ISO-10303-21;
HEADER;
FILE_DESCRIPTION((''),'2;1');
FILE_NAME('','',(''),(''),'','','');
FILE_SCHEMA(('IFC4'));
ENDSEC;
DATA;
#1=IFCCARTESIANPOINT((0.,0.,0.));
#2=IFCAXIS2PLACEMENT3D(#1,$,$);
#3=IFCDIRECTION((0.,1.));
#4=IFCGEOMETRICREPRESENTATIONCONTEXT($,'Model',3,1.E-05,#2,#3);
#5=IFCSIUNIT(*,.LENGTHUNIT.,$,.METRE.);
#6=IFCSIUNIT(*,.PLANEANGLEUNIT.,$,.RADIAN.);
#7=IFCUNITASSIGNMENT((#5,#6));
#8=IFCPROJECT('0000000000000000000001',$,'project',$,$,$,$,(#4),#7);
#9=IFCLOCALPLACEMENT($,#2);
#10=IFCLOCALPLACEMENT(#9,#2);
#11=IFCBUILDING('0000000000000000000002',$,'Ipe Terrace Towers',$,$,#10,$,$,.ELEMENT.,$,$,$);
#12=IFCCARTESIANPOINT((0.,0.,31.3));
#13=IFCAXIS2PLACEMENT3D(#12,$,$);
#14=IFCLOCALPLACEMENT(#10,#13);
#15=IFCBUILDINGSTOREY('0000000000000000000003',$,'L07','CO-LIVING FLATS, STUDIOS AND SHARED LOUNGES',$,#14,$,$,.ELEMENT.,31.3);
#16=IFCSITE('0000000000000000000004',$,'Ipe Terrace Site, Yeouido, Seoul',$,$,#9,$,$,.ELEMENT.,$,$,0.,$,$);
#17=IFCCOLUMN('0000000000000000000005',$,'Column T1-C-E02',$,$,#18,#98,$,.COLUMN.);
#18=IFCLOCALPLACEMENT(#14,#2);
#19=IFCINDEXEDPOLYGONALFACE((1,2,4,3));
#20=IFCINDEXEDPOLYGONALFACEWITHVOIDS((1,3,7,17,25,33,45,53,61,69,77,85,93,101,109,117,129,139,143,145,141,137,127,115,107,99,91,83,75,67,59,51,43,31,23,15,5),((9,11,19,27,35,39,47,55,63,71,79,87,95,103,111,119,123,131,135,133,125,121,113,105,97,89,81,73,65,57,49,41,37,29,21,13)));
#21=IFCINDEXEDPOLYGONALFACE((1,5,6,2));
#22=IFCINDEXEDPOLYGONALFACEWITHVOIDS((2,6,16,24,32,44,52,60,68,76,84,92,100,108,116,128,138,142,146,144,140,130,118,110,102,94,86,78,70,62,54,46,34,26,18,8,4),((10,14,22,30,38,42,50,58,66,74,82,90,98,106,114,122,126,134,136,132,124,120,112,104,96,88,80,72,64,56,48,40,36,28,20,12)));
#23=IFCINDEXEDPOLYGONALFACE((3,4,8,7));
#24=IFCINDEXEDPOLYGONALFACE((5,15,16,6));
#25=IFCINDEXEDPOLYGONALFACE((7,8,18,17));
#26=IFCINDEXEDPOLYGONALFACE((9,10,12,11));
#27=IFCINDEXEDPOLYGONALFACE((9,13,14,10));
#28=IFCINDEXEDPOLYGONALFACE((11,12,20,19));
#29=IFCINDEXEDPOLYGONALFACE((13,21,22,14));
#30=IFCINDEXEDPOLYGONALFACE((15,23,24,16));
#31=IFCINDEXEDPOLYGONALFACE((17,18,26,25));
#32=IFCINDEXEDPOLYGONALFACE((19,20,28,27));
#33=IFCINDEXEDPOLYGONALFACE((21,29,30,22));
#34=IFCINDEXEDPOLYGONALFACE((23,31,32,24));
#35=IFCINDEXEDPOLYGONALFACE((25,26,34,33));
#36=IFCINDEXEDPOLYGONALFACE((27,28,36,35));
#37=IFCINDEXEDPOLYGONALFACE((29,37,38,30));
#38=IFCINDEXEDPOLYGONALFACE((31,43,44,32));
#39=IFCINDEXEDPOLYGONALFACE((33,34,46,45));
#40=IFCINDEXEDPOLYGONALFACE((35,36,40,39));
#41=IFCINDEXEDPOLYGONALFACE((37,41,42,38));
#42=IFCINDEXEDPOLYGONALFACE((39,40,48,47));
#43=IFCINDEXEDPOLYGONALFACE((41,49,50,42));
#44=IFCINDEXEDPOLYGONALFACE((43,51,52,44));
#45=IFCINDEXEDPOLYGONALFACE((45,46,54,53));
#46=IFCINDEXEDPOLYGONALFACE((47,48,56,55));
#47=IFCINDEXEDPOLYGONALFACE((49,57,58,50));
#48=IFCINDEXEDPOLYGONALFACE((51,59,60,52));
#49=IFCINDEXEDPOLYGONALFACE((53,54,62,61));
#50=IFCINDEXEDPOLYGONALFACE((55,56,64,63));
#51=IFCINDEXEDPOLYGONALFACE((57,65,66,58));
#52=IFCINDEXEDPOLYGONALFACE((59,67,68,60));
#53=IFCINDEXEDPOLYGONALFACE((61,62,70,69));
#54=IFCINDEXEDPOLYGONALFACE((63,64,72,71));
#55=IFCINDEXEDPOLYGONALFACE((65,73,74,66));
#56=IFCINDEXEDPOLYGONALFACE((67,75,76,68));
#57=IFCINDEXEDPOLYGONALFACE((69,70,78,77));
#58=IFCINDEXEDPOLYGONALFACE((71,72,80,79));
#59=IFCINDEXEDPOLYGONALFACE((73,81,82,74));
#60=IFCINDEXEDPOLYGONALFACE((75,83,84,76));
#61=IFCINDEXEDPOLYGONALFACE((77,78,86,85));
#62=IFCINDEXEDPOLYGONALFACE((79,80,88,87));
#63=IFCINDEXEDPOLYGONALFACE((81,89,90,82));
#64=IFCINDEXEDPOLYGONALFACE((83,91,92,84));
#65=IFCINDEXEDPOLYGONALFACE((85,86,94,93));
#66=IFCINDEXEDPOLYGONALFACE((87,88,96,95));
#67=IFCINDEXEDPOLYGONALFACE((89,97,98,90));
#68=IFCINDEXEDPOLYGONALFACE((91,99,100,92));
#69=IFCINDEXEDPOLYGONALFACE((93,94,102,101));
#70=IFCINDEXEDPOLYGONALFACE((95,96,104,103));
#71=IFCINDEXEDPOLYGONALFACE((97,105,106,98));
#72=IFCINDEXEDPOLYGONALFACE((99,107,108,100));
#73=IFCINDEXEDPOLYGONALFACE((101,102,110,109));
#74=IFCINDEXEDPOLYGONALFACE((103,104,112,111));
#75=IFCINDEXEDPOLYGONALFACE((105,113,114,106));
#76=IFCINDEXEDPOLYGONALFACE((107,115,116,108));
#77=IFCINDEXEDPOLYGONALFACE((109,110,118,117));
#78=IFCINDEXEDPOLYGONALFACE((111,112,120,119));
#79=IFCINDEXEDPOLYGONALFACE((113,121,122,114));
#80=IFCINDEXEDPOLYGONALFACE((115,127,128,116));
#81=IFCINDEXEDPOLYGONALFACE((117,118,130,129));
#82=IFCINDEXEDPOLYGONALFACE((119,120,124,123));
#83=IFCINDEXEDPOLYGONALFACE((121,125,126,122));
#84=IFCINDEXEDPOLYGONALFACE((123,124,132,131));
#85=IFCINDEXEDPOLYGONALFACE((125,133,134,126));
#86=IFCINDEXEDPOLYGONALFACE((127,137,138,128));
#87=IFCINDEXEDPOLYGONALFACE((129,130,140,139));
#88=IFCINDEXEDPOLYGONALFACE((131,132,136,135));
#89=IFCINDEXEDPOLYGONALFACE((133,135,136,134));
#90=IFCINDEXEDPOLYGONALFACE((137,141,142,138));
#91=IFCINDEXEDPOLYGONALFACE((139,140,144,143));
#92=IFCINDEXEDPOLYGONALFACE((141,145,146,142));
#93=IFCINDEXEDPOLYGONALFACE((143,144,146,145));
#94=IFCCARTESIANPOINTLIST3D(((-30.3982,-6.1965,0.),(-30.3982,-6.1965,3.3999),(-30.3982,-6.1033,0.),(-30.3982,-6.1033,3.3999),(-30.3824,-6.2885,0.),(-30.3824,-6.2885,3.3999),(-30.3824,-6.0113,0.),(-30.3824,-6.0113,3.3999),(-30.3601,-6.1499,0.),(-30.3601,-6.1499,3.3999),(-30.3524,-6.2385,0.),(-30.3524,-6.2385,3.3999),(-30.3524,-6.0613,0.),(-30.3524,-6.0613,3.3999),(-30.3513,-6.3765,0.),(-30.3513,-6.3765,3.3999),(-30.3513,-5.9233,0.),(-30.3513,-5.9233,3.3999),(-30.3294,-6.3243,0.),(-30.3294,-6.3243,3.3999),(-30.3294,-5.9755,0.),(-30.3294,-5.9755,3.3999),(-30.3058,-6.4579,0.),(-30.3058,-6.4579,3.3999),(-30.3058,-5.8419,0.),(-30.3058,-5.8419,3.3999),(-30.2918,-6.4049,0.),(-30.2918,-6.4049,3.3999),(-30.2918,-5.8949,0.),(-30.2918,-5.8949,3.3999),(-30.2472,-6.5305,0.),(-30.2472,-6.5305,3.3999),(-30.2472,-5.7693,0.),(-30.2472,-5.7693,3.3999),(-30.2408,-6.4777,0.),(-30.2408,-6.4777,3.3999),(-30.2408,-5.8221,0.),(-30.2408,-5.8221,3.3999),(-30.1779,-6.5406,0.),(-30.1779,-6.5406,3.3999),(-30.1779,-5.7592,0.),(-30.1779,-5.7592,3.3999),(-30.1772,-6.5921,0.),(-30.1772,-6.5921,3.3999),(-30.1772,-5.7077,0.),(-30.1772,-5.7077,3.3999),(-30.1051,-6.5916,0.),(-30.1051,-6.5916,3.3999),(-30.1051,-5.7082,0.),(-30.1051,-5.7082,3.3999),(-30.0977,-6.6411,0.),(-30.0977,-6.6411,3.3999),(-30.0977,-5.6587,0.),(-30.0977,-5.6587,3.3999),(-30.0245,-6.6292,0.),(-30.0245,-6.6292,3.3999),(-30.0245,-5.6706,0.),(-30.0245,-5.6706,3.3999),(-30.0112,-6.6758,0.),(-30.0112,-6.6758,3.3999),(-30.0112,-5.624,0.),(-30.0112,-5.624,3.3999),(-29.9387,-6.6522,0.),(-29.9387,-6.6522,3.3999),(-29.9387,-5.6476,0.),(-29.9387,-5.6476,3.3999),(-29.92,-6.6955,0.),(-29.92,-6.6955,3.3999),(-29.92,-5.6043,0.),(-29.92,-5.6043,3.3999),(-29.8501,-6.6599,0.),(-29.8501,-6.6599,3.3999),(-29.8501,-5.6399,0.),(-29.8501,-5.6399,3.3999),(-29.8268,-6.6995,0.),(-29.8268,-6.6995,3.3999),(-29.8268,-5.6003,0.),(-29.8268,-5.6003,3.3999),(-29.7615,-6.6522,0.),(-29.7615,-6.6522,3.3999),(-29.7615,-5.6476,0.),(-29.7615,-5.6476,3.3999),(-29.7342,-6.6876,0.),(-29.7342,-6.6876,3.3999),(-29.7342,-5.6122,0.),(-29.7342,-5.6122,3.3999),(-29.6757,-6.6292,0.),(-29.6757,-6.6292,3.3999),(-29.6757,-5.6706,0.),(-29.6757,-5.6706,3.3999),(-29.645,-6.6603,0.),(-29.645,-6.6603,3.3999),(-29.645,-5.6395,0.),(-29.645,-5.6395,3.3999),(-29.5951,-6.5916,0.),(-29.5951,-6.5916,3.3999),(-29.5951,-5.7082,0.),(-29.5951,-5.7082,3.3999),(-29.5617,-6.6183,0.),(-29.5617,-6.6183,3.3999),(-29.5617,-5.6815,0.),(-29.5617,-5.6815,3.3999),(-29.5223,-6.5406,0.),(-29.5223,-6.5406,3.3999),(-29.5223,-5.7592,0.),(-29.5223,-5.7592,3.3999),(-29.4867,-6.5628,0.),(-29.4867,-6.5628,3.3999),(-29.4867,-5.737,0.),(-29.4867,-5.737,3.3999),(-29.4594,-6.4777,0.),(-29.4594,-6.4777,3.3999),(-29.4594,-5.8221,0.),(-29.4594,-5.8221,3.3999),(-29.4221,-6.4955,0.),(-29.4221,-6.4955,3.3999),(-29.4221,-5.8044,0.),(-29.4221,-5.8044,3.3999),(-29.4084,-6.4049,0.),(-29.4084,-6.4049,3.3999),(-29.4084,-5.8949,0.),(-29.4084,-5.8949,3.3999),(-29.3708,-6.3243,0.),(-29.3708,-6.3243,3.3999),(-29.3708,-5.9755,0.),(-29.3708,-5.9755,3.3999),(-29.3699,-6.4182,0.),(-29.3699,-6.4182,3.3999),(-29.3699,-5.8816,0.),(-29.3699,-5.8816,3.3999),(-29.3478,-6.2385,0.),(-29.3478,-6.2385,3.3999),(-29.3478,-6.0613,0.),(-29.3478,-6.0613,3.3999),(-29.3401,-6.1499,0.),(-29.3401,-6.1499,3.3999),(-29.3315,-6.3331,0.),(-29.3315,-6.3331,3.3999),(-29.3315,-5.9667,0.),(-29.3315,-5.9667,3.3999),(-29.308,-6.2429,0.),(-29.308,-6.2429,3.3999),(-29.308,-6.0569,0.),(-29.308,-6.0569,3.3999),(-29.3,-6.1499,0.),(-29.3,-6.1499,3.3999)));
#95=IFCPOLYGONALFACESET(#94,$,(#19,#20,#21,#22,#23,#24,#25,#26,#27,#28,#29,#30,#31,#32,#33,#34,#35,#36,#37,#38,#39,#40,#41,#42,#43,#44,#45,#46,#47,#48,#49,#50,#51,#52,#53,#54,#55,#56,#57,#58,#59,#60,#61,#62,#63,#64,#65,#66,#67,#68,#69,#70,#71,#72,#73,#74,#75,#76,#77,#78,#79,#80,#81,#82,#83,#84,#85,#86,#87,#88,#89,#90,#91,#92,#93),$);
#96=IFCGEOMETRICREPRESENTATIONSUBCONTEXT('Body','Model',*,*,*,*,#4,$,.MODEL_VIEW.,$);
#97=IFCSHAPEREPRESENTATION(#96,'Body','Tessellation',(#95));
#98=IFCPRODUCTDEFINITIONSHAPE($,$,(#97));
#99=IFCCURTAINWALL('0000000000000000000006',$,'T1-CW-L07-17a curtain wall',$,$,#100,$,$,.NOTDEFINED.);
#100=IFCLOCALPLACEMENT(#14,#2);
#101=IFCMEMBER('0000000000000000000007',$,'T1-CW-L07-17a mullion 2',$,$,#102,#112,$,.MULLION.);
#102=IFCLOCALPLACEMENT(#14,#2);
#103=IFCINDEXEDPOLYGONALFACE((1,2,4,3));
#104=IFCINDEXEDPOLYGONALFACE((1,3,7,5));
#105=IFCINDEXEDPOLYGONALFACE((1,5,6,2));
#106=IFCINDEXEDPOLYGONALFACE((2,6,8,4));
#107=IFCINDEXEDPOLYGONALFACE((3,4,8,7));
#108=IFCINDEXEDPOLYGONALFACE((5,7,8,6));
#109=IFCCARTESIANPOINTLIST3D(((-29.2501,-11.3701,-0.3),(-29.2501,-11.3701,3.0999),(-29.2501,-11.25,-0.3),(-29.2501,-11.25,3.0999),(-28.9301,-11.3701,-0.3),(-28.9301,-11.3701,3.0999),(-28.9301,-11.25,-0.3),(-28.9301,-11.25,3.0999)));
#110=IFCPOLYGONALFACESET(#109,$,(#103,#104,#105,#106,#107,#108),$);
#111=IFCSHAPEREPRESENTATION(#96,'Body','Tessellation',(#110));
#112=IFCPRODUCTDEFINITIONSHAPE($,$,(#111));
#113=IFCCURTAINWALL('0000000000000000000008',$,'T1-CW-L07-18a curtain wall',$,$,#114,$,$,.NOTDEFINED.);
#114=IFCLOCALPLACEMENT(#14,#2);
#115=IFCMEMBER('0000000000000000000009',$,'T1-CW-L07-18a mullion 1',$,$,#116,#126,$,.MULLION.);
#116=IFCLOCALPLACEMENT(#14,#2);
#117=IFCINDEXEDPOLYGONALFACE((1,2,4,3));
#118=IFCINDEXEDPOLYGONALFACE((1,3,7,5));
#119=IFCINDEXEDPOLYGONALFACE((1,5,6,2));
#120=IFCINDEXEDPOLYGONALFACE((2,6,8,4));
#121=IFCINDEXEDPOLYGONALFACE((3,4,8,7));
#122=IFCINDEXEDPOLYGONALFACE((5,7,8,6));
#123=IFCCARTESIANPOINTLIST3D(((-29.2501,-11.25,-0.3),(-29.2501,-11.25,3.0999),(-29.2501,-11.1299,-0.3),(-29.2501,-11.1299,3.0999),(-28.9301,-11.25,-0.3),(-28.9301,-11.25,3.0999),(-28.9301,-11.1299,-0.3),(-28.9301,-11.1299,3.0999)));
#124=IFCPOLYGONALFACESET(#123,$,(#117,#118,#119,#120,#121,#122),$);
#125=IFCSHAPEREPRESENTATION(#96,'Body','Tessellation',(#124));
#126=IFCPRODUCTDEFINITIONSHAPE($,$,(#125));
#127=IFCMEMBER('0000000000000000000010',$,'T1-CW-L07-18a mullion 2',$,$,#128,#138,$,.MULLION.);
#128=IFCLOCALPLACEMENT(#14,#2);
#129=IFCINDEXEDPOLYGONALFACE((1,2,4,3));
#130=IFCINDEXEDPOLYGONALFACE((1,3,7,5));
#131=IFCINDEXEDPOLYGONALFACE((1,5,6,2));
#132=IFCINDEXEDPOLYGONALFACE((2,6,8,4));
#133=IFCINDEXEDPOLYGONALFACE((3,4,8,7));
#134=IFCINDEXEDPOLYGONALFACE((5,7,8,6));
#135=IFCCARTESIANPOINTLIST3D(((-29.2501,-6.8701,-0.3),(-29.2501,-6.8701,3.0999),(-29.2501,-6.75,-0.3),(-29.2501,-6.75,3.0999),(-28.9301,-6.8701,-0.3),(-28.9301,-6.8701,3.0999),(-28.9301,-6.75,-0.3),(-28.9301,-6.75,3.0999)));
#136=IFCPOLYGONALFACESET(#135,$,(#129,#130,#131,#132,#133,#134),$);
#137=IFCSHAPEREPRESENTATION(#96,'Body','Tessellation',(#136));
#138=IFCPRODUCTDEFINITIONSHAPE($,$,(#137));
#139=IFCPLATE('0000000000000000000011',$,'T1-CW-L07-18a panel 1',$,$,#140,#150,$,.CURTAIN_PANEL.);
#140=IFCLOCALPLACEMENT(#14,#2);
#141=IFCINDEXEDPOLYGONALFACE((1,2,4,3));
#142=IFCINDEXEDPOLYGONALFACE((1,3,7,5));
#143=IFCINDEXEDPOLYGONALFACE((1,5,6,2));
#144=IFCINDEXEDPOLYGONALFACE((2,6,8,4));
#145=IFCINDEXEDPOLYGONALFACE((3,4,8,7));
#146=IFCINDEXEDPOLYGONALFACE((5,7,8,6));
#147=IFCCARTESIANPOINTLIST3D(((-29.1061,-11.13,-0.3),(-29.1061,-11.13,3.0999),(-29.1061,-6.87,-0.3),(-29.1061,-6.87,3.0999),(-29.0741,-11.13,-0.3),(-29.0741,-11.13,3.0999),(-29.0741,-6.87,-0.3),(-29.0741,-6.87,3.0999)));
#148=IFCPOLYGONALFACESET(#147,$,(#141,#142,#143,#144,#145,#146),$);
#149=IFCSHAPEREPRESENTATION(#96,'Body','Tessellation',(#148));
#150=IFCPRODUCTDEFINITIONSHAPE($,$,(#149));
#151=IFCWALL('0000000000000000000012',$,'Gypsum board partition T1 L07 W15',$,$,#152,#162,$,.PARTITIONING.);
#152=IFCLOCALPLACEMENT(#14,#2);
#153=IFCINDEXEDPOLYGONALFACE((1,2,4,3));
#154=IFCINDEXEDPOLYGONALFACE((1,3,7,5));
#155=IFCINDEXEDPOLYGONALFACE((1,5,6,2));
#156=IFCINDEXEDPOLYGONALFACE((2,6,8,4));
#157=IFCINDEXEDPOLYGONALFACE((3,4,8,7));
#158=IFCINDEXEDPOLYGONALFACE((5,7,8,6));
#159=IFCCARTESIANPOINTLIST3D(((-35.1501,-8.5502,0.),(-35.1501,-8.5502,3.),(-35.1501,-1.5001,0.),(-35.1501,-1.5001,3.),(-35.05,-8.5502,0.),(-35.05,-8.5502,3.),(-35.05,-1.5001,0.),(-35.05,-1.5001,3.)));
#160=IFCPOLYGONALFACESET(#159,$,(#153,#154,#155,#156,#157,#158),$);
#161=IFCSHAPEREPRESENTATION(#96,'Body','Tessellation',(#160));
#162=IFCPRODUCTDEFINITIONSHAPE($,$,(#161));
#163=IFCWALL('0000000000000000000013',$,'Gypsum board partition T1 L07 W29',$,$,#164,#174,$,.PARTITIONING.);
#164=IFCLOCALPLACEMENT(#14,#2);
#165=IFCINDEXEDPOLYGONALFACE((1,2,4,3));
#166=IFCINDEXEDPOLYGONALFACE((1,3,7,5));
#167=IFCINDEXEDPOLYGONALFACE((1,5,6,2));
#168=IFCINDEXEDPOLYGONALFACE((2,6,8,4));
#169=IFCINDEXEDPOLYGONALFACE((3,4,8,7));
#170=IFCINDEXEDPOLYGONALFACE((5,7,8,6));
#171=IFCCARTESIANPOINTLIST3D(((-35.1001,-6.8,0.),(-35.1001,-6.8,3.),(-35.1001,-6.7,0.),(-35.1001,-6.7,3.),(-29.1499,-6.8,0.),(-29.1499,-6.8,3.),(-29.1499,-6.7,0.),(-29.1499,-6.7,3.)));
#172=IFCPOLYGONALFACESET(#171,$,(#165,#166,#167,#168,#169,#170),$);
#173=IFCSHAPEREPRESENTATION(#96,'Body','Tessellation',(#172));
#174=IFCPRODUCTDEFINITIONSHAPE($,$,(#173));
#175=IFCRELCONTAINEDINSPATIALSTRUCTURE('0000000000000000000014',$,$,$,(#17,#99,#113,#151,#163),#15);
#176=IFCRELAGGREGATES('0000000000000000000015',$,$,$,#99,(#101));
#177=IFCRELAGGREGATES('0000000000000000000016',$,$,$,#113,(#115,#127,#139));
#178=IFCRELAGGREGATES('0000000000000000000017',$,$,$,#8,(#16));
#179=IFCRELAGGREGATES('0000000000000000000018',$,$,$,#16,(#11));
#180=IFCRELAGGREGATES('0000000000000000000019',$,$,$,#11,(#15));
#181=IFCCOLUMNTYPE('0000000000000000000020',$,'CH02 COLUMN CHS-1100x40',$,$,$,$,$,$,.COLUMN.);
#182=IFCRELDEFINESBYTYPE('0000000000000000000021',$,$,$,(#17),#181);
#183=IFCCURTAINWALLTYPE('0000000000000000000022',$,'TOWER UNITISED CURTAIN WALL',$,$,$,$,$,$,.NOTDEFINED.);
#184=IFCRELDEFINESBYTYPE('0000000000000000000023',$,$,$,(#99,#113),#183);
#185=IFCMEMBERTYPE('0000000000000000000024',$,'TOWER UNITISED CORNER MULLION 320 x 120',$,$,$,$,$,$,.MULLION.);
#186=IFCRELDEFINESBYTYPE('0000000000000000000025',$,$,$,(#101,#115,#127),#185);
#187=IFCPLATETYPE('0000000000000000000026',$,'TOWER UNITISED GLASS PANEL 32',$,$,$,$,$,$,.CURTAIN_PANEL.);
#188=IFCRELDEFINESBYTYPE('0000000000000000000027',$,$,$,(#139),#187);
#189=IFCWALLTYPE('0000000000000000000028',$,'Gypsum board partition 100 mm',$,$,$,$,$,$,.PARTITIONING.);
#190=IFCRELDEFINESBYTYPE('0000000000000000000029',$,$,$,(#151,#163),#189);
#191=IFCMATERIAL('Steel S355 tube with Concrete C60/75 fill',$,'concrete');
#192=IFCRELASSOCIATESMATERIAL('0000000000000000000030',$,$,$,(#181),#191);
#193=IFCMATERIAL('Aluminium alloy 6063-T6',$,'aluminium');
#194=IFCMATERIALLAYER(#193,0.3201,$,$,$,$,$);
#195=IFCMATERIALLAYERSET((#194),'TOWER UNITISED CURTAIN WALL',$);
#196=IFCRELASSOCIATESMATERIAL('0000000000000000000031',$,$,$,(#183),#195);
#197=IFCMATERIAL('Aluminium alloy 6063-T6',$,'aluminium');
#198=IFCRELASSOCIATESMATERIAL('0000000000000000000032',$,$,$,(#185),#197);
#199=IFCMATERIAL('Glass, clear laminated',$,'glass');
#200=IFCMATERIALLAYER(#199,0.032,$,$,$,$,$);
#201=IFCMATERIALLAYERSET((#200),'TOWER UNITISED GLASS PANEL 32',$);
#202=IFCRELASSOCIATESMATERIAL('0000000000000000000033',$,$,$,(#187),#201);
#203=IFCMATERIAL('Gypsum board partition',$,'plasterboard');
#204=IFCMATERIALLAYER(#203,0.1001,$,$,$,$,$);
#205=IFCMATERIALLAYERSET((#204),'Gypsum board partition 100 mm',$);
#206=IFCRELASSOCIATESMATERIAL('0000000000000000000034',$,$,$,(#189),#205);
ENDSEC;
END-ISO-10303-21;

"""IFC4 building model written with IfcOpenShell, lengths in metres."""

from ifc_helpers import new_model, si_unit, direction, frame, frame_2d, origin, origin_2d, place, context, subcontext, project, spatial, rectangle, hollow_circle, extrude, material, layer, layer_set, material_profile, profile_set, type_object, element, aggregate, save


model = new_model("IFC4")

# Units and contexts
model_context = context("Model", 3, precision=1e-05, world=origin(), true_north=direction((0.0, 1.0)))
body_context = subcontext(model_context, "Body", "Model", "MODEL_VIEW")
ifc_project = project(units=[si_unit("LENGTHUNIT", "METRE"), si_unit("PLANEANGLEUNIT", "RADIAN")], contexts=[model_context])

# Site, building, storey
site_placement = place(None, origin())
site = spatial("IfcSite", under=ifc_project, at=site_placement, Name="Ipe Terrace Site, Yeouido, Seoul", CompositionType="ELEMENT", RefElevation=0.0)
building_placement = place(site_placement, origin())
building = spatial("IfcBuilding", under=site, at=building_placement, Name="Ipe Terrace Towers", CompositionType="ELEMENT")
storey_placement = place(building_placement, frame((0.0, 0.0, 31.3)))
storey = spatial("IfcBuildingStorey", under=building, at=storey_placement, Name="L07", Description="CO-LIVING FLATS, STUDIOS AND SHARED LOUNGES", CompositionType="ELEMENT", Elevation=31.3)

# Column
ifc_material_1 = material(Name="Steel S355 tube with Concrete C60/75 fill", Category="concrete")
ifc_material_profile_1 = material_profile(ifc_material_1, hollow_circle(Radius=0.55, WallThickness=0.04, at=origin_2d()), Name="CHS-1100x40")
ifc_profile_set_1 = profile_set([ifc_material_profile_1], Name="Steel S355 tube with Concrete C60/75 fill")
column_type = type_object("IfcColumnType", Name="CH02 COLUMN CHS-1100x40", PredefinedType="COLUMN", material=ifc_profile_set_1)
column_placement = place(storey_placement, frame((-29.8501, -6.1499, 0.0), z_axis=(0.0, 0.0, 1.0), x_axis=(1.0, 0.0, 0.0)))
element("IfcColumn", 1, at=column_placement, inside=storey, type_object=column_type, Name="Column T1-C-E02", PredefinedType="COLUMN", context=body_context, shape_type="SweptSolid", body=[
    extrude(hollow_circle(Radius=0.55, WallThickness=0.04, at=origin_2d()), origin(), (0.0, 0.0, 1.0), 3.3999),
])

# Curtain wall, member
ifc_material_2 = material(Name="Aluminium alloy 6063-T6", Category="aluminium")
ifc_layer_1 = layer(ifc_material_2, 0.3201)
ifc_layer_set_1 = layer_set([ifc_layer_1], Name="TOWER UNITISED CURTAIN WALL")
curtain_wall_type = type_object("IfcCurtainWallType", Name="TOWER UNITISED CURTAIN WALL", PredefinedType="NOTDEFINED", material=ifc_layer_set_1)
curtain_wall_1_placement = place(storey_placement, origin())
curtain_wall_1 = element("IfcCurtainWall", 2, at=curtain_wall_1_placement, inside=storey, type_object=curtain_wall_type, Name="T1-CW-L07-17a curtain wall", PredefinedType="NOTDEFINED")
ifc_material_3 = material(Name="Aluminium alloy 6063-T6", Category="aluminium")
ifc_material_profile_2 = material_profile(ifc_material_3, rectangle(XDim=0.3201, YDim=0.1201, at=origin_2d()), Name="TOWER UNITISED CORNER MULLION 320 x 120")
ifc_profile_set_2 = profile_set([ifc_material_profile_2], Name="Aluminium alloy 6063-T6")
member_type = type_object("IfcMemberType", Name="TOWER UNITISED CORNER MULLION 320 x 120", PredefinedType="MULLION", material=ifc_profile_set_2)
member_1_placement = place(storey_placement, frame((-29.0901, -11.3101, -0.3), z_axis=(0.0, 0.0, 1.0), x_axis=(1.0, 0.0, 0.0)))
member_1 = element("IfcMember", 3, at=member_1_placement, type_object=member_type, Name="T1-CW-L07-17a mullion 2", PredefinedType="MULLION", context=body_context, shape_type="SweptSolid", body=[
    extrude(rectangle(XDim=0.3201, YDim=0.1201, at=origin_2d()), origin(), (0.0, 0.0, 1.0), 3.3999),
])
aggregate(curtain_wall_1, [member_1])

# Curtain wall, members, plate
curtain_wall_2_placement = place(storey_placement, origin())
curtain_wall_2 = element("IfcCurtainWall", 4, at=curtain_wall_2_placement, inside=storey, type_object=curtain_wall_type, Name="T1-CW-L07-18a curtain wall", PredefinedType="NOTDEFINED")
member_2_placement = place(storey_placement, frame((-29.0901, -11.1899, -0.3), z_axis=(0.0, 0.0, 1.0), x_axis=(1.0, 0.0, 0.0)))
member_2 = element("IfcMember", 5, at=member_2_placement, type_object=member_type, Name="T1-CW-L07-18a mullion 1", PredefinedType="MULLION", context=body_context, shape_type="SweptSolid", body=[
    extrude(rectangle(XDim=0.3201, YDim=0.1201, at=origin_2d()), origin(), (0.0, 0.0, 1.0), 3.3999),
])
member_3_placement = place(storey_placement, frame((-29.0901, -6.8101, -0.3), z_axis=(0.0, 0.0, 1.0), x_axis=(1.0, 0.0, 0.0)))
member_3 = element("IfcMember", 6, at=member_3_placement, type_object=member_type, Name="T1-CW-L07-18a mullion 2", PredefinedType="MULLION", context=body_context, shape_type="SweptSolid", body=[
    extrude(rectangle(XDim=0.3201, YDim=0.1201, at=origin_2d()), origin(), (0.0, 0.0, 1.0), 3.3999),
])
ifc_material_4 = material(Name="Glass, clear laminated", Category="glass")
ifc_layer_2 = layer(ifc_material_4, 0.032)
ifc_layer_set_2 = layer_set([ifc_layer_2], Name="TOWER UNITISED GLASS PANEL 32")
plate_type = type_object("IfcPlateType", Name="TOWER UNITISED GLASS PANEL 32", PredefinedType="CURTAIN_PANEL", material=ifc_layer_set_2)
plate_placement = place(storey_placement, frame((-29.0901, -9.0, -0.3), z_axis=(0.0, 0.0, 1.0), x_axis=(0.0, 1.0, 0.0)))
plate = element("IfcPlate", 7, at=plate_placement, type_object=plate_type, Name="T1-CW-L07-18a panel 1", PredefinedType="CURTAIN_PANEL", context=body_context, shape_type="SweptSolid", body=[
    extrude(rectangle(XDim=4.26, YDim=0.032, at=origin_2d()), origin(), (0.0, 0.0, 1.0), 3.3999),
])
aggregate(curtain_wall_2, [member_2, member_3, plate])

# Walls
ifc_material_5 = material(Name="Gypsum board partition", Category="plasterboard")
ifc_layer_3 = layer(ifc_material_5, 0.1001)
ifc_layer_set_3 = layer_set([ifc_layer_3], Name="Gypsum board partition 100 mm")
wall_type_1 = type_object("IfcWallType", Name="Gypsum board partition 100 mm", PredefinedType="PARTITIONING", material=ifc_layer_set_3)
wall_1_placement = place(storey_placement, frame((-35.1001, -8.55, 0.0), z_axis=(0.0, 0.0, 1.0), x_axis=(0.0, 1.0, 0.0)))
element("IfcWall", 8, at=wall_1_placement, inside=storey, type_object=wall_type_1, Name="Gypsum board partition T1 L07 W15", PredefinedType="PARTITIONING", context=body_context, shape_type="SweptSolid", body=[
    extrude(rectangle(XDim=7.05, YDim=0.1001, at=frame_2d((3.5249, 0.0))), origin(), (0.0, 0.0, 1.0), 3.0),
])
wall_2_placement = place(storey_placement, frame((-35.1001, -6.75, 0.0), z_axis=(0.0, 0.0, 1.0), x_axis=(1.0, 0.0, 0.0)))
element("IfcWall", 9, at=wall_2_placement, inside=storey, type_object=wall_type_1, Name="Gypsum board partition T1 L07 W29", PredefinedType="PARTITIONING", context=body_context, shape_type="SweptSolid", body=[
    extrude(rectangle(XDim=5.9502, YDim=0.1001, at=frame_2d((2.9751, 0.0))), origin(), (0.0, 0.0, 1.0), 3.0),
])

save(model, "model.ifc")
